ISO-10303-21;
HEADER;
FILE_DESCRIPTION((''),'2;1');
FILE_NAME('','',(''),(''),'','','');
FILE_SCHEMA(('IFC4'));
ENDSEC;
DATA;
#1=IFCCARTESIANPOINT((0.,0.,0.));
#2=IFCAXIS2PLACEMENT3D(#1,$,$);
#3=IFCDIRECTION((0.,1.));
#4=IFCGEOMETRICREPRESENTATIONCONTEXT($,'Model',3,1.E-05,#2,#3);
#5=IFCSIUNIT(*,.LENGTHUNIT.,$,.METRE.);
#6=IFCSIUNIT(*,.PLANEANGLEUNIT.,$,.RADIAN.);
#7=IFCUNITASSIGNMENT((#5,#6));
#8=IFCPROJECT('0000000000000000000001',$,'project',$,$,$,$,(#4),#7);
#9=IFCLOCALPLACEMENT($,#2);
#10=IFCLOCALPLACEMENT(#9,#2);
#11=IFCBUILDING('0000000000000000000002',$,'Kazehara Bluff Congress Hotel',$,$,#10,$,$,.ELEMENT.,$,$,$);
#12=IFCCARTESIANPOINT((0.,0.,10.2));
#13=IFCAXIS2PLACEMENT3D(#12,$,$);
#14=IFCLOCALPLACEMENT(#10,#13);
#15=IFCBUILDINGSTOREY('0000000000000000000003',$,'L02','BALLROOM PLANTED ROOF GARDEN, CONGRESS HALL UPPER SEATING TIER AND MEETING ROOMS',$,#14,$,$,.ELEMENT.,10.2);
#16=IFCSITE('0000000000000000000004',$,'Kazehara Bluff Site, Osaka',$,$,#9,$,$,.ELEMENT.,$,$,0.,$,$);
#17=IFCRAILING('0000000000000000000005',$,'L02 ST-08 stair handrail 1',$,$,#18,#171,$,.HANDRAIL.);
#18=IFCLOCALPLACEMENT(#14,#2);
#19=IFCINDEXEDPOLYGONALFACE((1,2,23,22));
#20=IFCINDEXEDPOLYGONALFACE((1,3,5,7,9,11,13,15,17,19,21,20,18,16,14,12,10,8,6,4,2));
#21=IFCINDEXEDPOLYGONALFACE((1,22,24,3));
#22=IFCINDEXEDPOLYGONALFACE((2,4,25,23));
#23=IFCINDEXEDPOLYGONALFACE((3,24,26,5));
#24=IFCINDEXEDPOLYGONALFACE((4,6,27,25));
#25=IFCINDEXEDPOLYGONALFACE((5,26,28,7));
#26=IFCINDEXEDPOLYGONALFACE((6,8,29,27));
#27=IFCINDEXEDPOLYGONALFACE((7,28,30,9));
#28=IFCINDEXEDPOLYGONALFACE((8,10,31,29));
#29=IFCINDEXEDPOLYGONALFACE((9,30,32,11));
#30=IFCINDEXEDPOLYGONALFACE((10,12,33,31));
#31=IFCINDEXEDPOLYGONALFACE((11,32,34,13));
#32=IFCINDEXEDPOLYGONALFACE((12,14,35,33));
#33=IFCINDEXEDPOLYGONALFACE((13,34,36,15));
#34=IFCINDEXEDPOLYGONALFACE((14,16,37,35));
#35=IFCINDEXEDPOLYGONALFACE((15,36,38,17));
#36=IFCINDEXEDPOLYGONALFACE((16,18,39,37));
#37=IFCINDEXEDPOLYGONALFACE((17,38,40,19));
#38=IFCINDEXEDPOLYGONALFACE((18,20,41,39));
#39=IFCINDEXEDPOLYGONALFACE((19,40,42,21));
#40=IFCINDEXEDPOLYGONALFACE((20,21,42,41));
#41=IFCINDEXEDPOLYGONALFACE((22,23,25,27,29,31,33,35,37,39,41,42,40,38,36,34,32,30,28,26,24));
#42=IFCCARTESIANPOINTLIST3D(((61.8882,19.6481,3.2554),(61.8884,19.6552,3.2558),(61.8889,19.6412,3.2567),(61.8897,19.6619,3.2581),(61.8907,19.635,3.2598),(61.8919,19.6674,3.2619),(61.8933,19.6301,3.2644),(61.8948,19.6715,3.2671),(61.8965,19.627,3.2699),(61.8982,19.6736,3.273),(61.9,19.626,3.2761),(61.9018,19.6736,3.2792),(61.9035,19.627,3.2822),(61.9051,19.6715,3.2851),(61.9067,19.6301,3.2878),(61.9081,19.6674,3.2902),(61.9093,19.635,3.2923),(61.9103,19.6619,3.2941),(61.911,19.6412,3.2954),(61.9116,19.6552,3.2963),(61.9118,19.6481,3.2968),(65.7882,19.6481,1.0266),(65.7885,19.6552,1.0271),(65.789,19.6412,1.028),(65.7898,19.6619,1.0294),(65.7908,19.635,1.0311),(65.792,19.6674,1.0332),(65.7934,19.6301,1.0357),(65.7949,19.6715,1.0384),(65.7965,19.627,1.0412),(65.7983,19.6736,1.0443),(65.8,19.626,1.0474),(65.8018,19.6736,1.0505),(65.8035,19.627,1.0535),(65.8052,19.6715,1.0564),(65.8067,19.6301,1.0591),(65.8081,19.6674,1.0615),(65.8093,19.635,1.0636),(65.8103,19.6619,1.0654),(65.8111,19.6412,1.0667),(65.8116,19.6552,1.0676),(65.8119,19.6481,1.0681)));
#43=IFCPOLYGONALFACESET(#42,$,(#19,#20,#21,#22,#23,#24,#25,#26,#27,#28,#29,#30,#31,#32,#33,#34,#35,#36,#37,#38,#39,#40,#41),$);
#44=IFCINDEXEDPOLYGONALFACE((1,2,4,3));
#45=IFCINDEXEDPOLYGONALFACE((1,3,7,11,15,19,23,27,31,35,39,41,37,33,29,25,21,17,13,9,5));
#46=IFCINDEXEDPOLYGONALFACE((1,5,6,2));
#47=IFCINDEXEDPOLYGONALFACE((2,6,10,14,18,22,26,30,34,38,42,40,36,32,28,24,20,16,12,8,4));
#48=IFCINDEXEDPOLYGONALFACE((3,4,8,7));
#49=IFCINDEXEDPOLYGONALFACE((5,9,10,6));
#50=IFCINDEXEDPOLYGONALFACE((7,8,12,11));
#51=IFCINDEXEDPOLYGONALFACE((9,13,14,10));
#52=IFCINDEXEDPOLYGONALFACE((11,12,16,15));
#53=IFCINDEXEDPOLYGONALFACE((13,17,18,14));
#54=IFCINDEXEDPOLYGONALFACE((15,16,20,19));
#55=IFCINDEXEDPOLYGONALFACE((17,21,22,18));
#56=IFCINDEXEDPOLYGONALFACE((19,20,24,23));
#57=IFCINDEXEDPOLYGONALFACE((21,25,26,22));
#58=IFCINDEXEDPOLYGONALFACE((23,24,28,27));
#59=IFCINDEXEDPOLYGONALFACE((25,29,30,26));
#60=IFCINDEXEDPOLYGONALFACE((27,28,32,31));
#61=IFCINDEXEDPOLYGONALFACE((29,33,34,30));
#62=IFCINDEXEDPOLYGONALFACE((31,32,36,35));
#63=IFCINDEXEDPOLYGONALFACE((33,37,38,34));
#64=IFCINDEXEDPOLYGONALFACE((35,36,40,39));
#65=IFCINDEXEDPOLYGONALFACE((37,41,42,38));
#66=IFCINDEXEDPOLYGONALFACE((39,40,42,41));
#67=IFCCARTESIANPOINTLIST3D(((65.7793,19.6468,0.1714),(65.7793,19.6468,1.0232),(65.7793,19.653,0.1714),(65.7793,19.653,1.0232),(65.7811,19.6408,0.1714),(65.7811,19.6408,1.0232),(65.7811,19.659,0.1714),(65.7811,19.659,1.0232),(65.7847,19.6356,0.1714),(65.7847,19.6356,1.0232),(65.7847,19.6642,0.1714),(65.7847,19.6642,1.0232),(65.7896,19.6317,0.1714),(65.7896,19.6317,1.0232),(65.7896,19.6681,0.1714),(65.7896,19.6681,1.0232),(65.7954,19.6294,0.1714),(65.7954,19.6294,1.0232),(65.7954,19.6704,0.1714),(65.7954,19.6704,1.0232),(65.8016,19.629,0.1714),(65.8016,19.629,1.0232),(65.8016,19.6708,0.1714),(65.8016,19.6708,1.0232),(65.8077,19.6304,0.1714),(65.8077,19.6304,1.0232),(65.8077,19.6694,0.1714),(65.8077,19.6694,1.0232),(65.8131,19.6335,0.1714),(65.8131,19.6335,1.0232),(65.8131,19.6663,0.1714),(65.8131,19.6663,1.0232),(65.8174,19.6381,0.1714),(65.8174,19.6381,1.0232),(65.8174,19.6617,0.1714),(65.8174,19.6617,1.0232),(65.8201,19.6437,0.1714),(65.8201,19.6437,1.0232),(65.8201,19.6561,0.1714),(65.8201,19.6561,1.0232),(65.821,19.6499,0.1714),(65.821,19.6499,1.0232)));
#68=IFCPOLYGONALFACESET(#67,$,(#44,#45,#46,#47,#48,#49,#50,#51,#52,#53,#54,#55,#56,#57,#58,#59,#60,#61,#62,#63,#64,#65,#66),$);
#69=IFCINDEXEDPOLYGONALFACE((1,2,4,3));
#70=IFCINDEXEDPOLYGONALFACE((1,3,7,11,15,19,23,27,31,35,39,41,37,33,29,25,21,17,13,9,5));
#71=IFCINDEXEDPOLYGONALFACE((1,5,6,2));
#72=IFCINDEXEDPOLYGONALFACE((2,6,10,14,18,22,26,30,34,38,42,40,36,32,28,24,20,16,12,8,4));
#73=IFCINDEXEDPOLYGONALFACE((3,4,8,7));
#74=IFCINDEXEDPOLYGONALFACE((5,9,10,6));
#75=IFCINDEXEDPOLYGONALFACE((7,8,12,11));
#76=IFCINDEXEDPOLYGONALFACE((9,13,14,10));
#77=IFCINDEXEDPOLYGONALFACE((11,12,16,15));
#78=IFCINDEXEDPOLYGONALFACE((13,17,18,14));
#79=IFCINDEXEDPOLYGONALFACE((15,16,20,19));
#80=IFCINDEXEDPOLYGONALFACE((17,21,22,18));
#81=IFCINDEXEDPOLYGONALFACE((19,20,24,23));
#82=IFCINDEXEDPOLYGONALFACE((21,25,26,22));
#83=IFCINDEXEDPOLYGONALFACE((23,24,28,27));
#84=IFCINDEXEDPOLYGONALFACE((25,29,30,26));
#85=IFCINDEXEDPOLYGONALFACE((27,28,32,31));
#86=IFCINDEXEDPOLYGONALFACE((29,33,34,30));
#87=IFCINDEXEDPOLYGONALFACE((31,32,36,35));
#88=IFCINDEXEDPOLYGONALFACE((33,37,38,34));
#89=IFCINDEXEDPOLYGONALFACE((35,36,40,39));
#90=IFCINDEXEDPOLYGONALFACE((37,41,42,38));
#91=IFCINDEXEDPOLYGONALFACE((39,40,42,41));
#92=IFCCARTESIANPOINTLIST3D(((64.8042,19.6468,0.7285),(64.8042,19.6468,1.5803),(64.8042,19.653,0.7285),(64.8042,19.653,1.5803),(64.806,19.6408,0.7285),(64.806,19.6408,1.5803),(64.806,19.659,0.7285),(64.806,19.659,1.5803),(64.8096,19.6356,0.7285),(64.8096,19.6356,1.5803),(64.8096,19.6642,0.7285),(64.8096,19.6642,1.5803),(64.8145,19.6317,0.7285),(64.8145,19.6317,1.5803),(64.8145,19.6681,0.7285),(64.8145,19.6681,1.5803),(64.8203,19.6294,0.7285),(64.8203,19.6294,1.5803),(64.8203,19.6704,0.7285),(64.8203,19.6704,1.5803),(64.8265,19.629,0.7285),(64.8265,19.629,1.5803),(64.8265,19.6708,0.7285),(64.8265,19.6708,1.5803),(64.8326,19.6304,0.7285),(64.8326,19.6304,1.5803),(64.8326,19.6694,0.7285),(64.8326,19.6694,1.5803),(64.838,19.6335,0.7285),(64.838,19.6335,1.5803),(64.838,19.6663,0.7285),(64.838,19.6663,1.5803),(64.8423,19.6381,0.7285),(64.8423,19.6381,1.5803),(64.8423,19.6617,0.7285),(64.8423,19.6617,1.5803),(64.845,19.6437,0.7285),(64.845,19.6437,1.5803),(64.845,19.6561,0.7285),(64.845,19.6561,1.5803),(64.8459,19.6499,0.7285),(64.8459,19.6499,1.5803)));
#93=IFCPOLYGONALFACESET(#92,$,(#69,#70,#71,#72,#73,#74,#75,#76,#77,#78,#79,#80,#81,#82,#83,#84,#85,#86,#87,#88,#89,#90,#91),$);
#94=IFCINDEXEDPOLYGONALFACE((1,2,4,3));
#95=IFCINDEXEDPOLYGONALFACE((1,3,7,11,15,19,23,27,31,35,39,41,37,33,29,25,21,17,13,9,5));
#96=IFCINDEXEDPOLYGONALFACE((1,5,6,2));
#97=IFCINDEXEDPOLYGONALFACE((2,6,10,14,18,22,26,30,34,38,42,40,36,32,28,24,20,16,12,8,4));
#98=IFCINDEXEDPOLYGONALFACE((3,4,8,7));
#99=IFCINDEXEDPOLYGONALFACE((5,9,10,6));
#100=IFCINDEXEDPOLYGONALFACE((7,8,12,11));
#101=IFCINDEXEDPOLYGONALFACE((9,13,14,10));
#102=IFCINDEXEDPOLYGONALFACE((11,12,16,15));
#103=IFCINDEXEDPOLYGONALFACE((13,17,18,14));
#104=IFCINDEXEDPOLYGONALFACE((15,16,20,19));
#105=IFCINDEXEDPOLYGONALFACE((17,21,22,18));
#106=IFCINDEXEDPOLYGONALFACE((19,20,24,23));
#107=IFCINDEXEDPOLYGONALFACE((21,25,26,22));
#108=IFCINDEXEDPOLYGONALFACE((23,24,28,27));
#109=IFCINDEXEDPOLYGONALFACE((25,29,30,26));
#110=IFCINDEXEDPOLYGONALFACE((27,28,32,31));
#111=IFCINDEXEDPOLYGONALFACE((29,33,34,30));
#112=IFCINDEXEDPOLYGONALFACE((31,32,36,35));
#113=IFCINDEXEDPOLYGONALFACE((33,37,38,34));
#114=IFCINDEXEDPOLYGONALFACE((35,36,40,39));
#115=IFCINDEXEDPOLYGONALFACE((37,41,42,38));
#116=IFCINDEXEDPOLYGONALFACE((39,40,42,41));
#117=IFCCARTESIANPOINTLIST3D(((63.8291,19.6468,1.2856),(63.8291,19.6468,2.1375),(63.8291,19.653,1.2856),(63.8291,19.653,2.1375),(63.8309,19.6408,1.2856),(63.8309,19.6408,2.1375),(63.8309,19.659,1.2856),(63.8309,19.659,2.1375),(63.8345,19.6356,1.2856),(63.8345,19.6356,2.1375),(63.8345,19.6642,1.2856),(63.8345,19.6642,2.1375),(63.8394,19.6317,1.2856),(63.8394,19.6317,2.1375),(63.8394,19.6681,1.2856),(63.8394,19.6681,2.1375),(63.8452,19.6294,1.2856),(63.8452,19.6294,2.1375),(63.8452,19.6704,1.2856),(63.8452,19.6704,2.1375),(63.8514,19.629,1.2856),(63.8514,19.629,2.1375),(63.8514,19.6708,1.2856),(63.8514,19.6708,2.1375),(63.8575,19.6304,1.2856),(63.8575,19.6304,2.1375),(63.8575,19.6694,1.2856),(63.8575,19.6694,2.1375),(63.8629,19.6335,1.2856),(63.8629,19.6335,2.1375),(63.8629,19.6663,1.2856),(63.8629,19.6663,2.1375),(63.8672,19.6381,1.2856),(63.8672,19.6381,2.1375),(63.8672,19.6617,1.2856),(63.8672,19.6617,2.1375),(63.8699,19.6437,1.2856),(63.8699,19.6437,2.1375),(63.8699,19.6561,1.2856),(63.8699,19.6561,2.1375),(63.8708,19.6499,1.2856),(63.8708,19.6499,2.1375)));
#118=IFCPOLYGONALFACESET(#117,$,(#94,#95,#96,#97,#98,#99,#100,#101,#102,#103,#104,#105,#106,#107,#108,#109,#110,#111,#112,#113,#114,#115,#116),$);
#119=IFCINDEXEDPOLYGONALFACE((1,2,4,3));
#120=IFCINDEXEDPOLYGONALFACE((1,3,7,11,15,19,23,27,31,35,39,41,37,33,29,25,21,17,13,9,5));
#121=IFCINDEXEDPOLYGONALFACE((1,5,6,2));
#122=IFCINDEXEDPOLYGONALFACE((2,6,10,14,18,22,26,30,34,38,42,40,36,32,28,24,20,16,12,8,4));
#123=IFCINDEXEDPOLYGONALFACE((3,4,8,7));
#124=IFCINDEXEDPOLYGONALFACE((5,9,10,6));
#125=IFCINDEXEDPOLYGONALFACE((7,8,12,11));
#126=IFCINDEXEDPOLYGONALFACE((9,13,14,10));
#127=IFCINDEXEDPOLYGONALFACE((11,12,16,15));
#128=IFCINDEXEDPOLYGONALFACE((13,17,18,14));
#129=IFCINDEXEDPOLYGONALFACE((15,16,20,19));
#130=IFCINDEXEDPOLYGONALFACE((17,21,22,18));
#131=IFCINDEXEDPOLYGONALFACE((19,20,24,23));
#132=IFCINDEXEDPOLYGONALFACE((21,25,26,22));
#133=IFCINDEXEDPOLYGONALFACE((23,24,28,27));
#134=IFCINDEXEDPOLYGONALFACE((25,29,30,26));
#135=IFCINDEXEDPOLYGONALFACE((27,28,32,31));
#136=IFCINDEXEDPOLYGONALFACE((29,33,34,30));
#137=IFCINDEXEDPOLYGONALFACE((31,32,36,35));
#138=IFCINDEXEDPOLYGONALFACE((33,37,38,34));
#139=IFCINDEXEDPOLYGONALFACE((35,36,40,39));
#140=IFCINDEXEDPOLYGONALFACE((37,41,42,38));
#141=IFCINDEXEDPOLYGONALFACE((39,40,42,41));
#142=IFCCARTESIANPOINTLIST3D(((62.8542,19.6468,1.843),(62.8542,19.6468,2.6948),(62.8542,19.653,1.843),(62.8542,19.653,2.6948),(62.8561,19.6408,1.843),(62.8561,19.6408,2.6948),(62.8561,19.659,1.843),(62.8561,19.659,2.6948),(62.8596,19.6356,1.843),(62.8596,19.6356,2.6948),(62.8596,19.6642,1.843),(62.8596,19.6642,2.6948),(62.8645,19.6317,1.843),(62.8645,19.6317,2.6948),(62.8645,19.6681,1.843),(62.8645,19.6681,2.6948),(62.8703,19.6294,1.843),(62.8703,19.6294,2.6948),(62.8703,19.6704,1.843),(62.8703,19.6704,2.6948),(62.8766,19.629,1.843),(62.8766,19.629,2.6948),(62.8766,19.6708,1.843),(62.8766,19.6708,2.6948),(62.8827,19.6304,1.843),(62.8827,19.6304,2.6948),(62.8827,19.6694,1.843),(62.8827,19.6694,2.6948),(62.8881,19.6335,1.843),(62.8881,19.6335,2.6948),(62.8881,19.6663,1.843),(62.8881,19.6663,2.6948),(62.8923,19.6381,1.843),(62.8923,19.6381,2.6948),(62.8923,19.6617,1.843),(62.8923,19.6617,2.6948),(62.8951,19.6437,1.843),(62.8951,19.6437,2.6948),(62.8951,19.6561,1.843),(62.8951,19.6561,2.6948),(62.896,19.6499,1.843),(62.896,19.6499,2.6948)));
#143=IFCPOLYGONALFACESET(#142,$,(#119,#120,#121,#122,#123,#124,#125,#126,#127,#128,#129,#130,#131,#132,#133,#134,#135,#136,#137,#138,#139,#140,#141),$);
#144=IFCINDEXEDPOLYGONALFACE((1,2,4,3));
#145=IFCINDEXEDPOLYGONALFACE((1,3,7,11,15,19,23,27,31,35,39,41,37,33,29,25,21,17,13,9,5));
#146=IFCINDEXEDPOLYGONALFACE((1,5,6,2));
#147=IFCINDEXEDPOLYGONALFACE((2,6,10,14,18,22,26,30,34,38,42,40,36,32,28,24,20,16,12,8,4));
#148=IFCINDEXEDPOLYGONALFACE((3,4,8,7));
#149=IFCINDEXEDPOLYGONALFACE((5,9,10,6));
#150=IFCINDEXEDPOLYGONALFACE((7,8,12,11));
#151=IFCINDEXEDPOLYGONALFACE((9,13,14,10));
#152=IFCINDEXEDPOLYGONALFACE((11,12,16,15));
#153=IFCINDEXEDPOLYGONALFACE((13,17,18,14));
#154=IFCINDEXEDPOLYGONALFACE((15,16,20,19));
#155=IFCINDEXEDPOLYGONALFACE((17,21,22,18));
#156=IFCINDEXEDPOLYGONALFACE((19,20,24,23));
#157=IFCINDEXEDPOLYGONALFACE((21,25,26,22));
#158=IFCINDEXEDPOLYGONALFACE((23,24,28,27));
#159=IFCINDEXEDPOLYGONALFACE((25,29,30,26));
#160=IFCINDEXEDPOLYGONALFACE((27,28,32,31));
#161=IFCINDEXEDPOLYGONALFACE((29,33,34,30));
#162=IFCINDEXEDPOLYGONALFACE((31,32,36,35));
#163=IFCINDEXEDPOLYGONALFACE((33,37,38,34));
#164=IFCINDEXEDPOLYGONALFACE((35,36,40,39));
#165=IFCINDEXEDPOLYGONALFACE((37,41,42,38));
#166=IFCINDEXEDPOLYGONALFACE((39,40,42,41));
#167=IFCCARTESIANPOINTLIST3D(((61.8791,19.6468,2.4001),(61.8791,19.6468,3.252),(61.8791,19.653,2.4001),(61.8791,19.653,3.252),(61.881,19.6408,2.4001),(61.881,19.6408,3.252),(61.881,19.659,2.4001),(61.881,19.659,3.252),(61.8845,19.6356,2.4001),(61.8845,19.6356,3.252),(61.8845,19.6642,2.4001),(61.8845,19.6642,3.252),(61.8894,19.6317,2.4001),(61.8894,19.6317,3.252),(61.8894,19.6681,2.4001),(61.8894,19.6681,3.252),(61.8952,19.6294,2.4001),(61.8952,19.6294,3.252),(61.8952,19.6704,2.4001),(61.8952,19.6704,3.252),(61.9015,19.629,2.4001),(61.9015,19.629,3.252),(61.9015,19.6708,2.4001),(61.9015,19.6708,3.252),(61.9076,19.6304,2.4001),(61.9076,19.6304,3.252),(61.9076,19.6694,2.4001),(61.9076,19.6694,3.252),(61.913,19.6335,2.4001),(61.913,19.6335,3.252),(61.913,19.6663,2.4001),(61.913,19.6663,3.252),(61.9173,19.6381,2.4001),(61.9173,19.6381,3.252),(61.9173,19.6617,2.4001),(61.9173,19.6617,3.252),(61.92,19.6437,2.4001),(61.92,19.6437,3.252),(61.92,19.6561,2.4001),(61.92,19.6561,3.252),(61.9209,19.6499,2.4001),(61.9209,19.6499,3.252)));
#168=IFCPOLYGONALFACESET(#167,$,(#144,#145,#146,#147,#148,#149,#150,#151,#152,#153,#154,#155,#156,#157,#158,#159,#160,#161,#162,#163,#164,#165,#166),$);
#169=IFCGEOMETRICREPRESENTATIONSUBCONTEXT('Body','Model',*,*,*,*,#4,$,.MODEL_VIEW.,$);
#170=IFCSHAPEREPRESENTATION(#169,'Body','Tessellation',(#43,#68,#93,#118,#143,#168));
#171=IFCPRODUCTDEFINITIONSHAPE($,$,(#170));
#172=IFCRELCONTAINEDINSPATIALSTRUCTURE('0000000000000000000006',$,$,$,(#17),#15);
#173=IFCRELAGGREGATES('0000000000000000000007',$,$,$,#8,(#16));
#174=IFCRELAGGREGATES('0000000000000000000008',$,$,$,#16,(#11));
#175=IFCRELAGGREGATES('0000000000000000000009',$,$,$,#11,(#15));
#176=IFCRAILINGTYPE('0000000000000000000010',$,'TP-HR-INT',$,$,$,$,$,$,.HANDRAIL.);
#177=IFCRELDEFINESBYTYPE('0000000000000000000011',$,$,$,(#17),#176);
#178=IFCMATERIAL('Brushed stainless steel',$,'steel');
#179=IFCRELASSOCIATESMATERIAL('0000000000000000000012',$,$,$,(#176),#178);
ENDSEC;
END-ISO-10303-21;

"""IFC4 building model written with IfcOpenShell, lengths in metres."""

from ifc_helpers import new_model, si_unit, direction, frame, origin, origin_2d, place, context, subcontext, project, spatial, circle, extrude, material, type_object, element, save


model = new_model("IFC4")

# Units and contexts
model_context = context("Model", 3, precision=1e-05, world=origin(), true_north=direction((0.0, 1.0)))
body_context = subcontext(model_context, "Body", "Model", "MODEL_VIEW")
ifc_project = project(units=[si_unit("LENGTHUNIT", "METRE"), si_unit("PLANEANGLEUNIT", "RADIAN")], contexts=[model_context])

# Site, building, storey
site_placement = place(None, origin())
site = spatial("IfcSite", under=ifc_project, at=site_placement, Name="Kazehara Bluff Site, Osaka", CompositionType="ELEMENT", RefElevation=0.0)
building_placement = place(site_placement, origin())
building = spatial("IfcBuilding", under=site, at=building_placement, Name="Kazehara Bluff Congress Hotel", CompositionType="ELEMENT")
storey_placement = place(building_placement, frame((0.0, 0.0, 10.2)))
storey = spatial("IfcBuildingStorey", under=building, at=storey_placement, Name="L02", Description="BALLROOM PLANTED ROOF GARDEN, CONGRESS HALL UPPER SEATING TIER AND MEETING ROOMS", CompositionType="ELEMENT", Elevation=10.2)

# Railing
ifc_material_1 = material(Name="Brushed stainless steel", Category="steel")
railing_type_1 = type_object("IfcRailingType", Name="TP-HR-INT", PredefinedType="HANDRAIL", material=ifc_material_1)
railing_1_placement = place(storey_placement, frame((65.8, 19.6499, 0.1714)))
element("IfcRailing", 1, at=railing_1_placement, inside=storey, type_object=railing_type_1, Name="L02 ST-08 stair handrail 1", PredefinedType="HANDRAIL", context=body_context, shape_type="SweptSolid", body=[
    extrude(circle(Radius=0.0239, at=origin_2d()), frame((0.0, 0.0, 0.876), z_axis=(-0.868233, 0.0, 0.496156), x_axis=(0.0, -1.0, 0.0)), (0.0, 0.0, 1.0), 4.4919),
    extrude(circle(Radius=0.021, at=origin_2d()), origin(), (0.0, 0.0, 1.0), 0.8518),
    extrude(circle(Radius=0.021, at=origin_2d()), frame((-0.9751, 0.0, 0.5571)), (0.0, 0.0, 1.0), 0.8518),
    extrude(circle(Radius=0.021, at=origin_2d()), frame((-1.9502, 0.0, 1.1143)), (0.0, 0.0, 1.0), 0.8518),
    extrude(circle(Radius=0.021, at=origin_2d()), frame((-2.925, 0.0, 1.6716)), (0.0, 0.0, 1.0), 0.8518),
    extrude(circle(Radius=0.021, at=origin_2d()), frame((-3.9001, 0.0, 2.2288)), (0.0, 0.0, 1.0), 0.8518),
])

save(model, "model.ifc")
